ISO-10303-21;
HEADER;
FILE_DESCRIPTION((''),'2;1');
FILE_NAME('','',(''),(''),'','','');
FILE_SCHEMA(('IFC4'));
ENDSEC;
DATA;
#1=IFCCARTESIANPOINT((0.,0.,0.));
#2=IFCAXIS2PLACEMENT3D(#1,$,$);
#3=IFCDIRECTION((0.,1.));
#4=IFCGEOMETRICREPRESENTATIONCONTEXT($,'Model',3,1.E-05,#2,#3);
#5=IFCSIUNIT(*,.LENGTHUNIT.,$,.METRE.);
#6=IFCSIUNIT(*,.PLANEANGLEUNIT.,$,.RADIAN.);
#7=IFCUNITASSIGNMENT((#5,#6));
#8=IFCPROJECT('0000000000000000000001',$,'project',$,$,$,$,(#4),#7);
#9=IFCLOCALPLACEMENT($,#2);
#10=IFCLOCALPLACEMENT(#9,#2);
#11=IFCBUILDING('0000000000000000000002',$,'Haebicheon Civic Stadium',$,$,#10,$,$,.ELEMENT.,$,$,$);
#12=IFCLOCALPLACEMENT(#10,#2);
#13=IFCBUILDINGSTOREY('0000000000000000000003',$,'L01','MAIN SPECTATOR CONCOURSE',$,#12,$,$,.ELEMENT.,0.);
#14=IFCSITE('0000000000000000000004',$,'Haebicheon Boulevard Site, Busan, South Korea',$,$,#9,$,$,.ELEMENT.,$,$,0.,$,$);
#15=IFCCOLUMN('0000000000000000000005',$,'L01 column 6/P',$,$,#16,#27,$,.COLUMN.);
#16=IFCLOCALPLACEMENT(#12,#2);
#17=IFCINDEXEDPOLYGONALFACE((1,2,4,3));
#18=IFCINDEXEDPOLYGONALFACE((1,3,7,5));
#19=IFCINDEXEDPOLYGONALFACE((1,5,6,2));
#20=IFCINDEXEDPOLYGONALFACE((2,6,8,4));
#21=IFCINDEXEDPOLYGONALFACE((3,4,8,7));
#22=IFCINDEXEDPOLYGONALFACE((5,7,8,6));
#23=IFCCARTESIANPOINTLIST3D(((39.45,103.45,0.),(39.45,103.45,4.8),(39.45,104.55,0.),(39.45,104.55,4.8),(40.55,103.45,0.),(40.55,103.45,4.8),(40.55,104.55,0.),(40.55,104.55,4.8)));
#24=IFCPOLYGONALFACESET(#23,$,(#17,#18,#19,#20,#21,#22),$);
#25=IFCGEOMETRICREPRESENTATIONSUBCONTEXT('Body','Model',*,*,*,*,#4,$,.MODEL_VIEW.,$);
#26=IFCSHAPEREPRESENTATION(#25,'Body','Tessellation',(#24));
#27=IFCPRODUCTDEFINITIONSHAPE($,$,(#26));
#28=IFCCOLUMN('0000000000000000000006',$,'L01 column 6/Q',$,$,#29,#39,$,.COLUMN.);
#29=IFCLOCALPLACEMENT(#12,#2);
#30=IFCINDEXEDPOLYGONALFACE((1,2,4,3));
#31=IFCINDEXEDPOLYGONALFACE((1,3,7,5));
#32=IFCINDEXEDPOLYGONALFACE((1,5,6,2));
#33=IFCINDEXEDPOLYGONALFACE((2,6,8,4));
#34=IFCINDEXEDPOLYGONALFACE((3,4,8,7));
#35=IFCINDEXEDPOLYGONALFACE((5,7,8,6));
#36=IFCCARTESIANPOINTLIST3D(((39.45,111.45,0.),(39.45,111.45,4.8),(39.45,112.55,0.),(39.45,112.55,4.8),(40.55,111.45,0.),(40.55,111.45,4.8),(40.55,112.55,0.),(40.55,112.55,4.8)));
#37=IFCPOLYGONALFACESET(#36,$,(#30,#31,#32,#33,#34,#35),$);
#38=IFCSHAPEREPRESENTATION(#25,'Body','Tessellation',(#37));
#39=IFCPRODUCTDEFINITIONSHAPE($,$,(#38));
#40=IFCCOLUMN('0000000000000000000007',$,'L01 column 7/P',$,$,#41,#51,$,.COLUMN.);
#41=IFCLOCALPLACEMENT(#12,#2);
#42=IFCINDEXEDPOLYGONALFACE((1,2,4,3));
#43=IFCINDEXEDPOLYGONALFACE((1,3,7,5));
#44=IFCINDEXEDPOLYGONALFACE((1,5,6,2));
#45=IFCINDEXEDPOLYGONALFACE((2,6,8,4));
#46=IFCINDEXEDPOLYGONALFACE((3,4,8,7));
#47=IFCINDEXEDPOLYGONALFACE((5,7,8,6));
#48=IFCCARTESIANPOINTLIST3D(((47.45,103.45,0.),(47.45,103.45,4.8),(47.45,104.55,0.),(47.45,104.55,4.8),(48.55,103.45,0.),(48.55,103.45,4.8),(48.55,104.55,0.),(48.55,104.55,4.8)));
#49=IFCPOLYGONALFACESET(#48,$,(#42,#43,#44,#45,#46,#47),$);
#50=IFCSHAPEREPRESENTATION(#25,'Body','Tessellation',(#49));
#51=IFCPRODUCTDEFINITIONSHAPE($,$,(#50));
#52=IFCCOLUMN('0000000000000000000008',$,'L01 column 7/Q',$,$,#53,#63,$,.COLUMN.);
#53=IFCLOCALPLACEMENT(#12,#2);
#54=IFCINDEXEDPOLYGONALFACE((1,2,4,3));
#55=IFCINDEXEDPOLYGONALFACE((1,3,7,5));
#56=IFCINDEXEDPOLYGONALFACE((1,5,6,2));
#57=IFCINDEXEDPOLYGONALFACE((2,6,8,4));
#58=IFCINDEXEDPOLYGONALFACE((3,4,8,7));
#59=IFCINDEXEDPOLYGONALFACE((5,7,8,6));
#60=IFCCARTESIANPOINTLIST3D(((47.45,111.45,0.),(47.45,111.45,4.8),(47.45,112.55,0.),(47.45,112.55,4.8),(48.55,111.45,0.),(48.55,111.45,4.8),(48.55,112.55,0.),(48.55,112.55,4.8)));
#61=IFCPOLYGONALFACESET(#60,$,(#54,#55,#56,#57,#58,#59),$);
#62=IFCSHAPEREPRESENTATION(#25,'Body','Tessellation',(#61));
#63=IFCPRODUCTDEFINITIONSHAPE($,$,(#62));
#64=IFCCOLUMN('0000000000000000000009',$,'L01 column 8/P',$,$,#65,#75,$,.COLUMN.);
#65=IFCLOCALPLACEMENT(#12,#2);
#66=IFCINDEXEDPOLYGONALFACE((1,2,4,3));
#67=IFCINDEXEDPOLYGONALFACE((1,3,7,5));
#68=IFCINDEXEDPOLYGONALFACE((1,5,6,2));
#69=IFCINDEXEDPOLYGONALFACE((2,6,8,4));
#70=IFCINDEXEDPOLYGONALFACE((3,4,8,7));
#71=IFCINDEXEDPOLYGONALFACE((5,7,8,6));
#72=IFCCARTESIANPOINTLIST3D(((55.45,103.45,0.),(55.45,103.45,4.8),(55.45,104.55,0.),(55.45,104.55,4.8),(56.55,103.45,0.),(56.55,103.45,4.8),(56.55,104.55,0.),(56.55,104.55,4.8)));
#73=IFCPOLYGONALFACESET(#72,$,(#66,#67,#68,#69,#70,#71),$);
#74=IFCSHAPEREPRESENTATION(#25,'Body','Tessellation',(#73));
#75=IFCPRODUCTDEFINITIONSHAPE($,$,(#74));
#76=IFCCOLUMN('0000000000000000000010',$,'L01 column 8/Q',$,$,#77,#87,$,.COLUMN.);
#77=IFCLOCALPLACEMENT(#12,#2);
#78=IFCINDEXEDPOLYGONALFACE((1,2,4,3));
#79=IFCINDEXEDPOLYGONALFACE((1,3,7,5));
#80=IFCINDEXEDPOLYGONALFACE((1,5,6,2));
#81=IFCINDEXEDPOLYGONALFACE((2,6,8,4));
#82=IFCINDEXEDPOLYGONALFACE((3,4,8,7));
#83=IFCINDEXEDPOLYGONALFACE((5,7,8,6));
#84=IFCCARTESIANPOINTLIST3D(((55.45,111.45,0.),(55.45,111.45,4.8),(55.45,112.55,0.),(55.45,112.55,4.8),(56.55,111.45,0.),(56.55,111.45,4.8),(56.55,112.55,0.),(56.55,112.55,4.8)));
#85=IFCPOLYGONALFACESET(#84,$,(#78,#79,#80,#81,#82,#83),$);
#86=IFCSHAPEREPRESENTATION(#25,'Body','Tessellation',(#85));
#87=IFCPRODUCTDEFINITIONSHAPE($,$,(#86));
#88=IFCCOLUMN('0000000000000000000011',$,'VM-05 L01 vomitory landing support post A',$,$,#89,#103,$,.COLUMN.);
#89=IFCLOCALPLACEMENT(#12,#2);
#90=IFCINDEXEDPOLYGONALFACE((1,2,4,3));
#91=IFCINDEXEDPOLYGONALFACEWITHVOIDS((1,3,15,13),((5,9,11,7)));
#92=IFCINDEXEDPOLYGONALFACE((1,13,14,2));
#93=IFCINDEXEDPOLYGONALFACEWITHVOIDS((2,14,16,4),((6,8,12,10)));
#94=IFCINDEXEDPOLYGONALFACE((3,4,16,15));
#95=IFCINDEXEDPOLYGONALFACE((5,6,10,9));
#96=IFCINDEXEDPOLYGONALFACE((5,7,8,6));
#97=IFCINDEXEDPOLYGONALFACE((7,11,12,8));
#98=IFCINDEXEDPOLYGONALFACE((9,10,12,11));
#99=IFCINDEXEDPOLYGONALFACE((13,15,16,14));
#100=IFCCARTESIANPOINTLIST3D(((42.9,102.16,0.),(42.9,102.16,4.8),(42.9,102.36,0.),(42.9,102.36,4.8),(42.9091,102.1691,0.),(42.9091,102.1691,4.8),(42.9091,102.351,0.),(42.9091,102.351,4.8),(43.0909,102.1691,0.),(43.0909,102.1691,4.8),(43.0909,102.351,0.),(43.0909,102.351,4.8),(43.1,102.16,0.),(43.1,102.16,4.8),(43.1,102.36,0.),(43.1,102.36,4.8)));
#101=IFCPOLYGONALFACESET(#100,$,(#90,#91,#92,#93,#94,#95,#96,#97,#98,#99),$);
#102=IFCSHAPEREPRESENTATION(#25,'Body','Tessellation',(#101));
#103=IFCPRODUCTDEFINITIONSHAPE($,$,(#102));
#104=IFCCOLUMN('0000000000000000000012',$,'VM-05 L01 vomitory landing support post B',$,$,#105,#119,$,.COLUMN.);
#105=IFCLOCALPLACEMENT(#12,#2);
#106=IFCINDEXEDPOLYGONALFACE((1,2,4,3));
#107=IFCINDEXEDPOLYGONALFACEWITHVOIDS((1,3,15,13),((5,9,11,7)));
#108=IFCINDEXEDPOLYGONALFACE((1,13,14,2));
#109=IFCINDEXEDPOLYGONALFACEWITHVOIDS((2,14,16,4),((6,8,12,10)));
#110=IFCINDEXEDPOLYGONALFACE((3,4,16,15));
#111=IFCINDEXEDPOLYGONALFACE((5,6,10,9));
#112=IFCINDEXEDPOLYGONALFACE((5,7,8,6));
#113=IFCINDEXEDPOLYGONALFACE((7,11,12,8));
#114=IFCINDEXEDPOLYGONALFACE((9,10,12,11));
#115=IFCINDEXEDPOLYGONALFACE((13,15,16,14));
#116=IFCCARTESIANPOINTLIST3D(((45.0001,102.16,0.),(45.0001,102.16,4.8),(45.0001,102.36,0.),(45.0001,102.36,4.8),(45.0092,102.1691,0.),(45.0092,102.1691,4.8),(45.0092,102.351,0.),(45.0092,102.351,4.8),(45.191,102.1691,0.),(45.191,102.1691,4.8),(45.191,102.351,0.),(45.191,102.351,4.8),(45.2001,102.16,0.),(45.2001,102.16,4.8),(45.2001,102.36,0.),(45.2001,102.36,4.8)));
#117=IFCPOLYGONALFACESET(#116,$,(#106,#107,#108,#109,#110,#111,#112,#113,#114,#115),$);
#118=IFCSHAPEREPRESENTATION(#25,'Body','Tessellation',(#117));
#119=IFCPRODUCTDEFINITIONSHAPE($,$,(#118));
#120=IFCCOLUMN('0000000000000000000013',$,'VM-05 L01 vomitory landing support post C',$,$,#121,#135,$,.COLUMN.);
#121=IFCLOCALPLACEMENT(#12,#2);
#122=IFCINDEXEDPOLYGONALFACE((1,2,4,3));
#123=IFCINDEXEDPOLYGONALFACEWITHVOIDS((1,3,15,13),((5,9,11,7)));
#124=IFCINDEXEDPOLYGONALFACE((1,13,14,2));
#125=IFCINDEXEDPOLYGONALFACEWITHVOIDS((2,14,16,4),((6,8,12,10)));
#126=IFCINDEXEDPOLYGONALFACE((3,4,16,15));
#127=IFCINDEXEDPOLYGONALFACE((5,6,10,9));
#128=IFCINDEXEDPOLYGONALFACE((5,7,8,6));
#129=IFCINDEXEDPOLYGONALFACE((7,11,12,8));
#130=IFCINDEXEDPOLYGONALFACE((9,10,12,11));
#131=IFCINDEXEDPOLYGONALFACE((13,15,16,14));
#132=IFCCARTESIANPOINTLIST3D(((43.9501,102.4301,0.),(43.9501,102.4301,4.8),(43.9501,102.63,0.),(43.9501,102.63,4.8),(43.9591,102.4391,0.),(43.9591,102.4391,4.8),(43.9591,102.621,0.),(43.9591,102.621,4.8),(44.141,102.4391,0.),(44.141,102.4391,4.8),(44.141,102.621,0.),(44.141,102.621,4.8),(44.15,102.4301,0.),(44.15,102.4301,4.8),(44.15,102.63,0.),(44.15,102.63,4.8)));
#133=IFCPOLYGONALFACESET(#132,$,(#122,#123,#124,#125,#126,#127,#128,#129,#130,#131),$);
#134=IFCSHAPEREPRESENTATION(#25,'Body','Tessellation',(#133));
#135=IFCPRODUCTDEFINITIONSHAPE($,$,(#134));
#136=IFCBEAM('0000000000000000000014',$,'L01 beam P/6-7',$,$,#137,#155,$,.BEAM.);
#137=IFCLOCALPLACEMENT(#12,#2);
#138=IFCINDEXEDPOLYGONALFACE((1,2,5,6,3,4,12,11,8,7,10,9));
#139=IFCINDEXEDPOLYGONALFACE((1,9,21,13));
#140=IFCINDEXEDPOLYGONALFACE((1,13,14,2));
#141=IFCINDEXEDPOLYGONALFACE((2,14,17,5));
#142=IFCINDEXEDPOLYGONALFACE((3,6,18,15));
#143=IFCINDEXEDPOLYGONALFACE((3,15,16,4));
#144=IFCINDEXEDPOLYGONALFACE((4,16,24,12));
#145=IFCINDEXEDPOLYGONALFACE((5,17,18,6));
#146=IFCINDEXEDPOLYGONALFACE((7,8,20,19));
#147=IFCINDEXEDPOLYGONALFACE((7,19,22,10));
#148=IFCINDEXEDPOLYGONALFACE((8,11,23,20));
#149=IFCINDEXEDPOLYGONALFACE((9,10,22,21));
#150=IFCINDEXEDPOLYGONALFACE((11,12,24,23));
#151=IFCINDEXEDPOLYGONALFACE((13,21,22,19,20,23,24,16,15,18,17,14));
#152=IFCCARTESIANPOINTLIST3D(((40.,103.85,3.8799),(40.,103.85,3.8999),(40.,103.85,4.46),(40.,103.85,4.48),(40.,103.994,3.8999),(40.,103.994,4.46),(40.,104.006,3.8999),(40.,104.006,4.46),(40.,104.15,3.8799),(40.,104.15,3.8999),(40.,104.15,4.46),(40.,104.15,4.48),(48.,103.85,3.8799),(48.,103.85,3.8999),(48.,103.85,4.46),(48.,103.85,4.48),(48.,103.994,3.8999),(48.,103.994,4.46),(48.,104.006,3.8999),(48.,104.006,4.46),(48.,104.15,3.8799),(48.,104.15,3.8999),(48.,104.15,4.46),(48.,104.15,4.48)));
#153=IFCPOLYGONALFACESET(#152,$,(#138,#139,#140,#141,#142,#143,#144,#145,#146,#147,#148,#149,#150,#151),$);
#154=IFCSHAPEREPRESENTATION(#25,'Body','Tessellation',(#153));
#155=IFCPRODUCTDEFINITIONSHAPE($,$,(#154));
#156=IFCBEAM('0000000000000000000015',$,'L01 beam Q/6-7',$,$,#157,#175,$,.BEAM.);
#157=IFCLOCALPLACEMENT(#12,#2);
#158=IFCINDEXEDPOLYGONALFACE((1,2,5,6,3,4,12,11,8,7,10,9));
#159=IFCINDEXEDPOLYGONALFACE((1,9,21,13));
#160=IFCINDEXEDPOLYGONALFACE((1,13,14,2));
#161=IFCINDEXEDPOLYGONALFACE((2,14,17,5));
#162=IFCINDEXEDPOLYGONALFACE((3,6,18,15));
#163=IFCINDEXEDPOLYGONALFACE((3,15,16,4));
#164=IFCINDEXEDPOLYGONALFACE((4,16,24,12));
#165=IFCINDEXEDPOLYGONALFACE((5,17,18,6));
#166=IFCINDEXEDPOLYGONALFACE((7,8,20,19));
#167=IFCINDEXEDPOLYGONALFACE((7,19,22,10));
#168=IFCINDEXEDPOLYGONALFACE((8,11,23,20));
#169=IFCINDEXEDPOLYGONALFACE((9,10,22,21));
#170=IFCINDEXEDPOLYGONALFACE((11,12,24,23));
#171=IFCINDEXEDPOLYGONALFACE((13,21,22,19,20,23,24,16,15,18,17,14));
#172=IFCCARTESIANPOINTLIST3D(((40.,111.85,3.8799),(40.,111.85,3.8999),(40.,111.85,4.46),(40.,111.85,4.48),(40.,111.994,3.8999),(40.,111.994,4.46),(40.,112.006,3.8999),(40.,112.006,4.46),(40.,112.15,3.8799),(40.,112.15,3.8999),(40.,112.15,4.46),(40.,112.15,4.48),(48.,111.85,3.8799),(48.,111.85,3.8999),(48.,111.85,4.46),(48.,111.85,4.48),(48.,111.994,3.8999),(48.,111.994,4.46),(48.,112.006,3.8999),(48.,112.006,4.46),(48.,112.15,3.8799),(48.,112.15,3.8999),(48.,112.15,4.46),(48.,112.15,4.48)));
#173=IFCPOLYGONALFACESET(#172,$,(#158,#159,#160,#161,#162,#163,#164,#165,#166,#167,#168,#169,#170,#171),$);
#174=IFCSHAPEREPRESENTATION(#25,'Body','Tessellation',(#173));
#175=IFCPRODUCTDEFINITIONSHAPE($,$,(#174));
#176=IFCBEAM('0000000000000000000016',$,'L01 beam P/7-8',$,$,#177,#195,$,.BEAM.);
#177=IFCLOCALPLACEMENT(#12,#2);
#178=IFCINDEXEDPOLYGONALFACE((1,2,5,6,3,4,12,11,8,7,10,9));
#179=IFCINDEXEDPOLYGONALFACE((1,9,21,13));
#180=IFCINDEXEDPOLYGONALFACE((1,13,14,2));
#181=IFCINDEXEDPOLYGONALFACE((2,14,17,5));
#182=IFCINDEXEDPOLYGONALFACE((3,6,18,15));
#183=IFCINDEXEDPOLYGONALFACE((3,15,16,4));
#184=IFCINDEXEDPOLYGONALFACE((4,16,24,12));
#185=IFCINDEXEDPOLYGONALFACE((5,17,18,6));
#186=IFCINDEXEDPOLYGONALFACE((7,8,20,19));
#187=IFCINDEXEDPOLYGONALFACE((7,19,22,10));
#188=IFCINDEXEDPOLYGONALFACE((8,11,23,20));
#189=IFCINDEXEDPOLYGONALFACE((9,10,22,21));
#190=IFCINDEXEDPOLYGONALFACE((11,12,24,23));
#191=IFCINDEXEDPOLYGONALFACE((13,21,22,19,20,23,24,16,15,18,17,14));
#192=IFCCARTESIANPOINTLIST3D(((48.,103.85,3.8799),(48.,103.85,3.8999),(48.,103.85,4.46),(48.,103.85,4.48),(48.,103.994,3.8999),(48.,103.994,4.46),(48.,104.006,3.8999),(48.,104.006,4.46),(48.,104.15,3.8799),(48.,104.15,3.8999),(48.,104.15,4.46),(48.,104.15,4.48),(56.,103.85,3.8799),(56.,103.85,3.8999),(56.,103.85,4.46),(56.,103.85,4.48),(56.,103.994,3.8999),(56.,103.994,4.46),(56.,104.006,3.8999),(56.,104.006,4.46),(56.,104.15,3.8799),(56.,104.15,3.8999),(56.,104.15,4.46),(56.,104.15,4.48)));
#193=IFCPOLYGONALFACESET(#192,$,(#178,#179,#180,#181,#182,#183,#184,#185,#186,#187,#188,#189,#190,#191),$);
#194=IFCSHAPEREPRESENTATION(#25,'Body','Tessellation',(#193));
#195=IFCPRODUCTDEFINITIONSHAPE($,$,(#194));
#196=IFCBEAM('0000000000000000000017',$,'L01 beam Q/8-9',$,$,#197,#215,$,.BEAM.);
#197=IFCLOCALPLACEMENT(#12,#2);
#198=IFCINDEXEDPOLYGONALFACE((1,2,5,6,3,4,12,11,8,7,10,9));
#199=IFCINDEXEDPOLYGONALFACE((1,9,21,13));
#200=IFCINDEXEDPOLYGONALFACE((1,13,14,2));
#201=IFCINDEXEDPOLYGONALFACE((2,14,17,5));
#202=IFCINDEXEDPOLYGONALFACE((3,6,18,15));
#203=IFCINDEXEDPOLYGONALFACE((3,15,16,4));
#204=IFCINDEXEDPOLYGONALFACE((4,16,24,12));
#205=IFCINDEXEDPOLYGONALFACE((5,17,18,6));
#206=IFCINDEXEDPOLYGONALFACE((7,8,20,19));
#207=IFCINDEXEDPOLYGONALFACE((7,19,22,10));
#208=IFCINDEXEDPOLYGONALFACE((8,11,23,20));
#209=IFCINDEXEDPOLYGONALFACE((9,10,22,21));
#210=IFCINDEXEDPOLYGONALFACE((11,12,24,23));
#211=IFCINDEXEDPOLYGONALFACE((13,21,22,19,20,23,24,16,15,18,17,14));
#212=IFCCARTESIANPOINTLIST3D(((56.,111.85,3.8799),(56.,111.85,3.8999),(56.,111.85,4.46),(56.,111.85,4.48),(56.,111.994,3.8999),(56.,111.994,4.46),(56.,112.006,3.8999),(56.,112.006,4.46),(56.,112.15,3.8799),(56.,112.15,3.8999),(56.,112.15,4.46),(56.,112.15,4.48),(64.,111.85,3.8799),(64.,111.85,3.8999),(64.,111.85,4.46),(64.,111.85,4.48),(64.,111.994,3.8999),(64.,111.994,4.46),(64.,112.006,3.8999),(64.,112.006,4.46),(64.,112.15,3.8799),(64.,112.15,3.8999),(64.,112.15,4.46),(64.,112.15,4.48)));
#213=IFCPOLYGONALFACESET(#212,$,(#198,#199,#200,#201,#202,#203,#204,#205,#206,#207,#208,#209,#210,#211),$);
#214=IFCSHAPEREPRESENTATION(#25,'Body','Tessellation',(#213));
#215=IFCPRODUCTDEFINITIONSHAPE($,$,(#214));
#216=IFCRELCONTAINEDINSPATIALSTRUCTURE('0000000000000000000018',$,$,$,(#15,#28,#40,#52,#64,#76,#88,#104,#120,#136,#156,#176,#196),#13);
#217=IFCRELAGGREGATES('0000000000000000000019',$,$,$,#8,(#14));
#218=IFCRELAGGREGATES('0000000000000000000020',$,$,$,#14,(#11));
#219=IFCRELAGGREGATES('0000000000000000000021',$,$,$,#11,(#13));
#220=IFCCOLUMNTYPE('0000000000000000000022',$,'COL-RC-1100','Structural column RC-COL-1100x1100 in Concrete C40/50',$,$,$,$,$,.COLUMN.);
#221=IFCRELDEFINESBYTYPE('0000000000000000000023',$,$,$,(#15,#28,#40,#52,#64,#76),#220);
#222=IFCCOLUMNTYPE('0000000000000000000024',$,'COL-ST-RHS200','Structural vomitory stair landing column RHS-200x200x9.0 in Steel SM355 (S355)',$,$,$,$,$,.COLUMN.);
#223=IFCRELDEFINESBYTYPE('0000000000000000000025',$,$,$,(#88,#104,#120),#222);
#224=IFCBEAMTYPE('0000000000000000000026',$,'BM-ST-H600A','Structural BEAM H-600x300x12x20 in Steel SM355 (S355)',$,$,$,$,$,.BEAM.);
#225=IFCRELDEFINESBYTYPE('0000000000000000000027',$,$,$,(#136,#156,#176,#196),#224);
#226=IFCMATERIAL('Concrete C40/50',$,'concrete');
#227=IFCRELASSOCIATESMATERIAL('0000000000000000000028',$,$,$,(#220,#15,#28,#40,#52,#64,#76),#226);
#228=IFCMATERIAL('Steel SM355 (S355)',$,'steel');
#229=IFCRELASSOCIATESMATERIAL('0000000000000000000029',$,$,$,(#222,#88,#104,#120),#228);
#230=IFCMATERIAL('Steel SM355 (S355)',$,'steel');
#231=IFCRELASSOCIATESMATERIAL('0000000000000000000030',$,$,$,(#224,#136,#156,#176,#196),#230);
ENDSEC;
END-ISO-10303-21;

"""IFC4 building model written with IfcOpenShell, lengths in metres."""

from ifc_helpers import new_model, si_unit, direction, frame, origin, origin_2d, place, context, subcontext, project, spatial, rectangle, hollow_rectangle, i_section, extrude, material, material_profile, profile_set, type_object, element, save


model = new_model("IFC4")

# Units and contexts
model_context = context("Model", 3, precision=1e-05, world=origin(), true_north=direction((0.0, 1.0)))
body_context = subcontext(model_context, "Body", "Model", "MODEL_VIEW")
ifc_project = project(units=[si_unit("LENGTHUNIT", "METRE"), si_unit("PLANEANGLEUNIT", "RADIAN")], contexts=[model_context])

# Site, building, storey
site_placement = place(None, origin())
site = spatial("IfcSite", under=ifc_project, at=site_placement, Name="Haebicheon Boulevard Site, Busan, South Korea", CompositionType="ELEMENT", RefElevation=0.0)
building_placement = place(site_placement, origin())
building = spatial("IfcBuilding", under=site, at=building_placement, Name="Haebicheon Civic Stadium", CompositionType="ELEMENT")
storey_placement = place(building_placement, origin())
storey = spatial("IfcBuildingStorey", under=building, at=storey_placement, Name="L01", Description="MAIN SPECTATOR CONCOURSE", CompositionType="ELEMENT", Elevation=0.0)

# Columns
ifc_material_1 = material(Name="Concrete C40/50", Category="concrete")
ifc_material_profile_1 = material_profile(ifc_material_1, rectangle(XDim=1.1001, YDim=1.1001, at=origin_2d()), Name="RC-COL-1100x1100")
ifc_profile_set_1 = profile_set([ifc_material_profile_1], Name="Concrete C40/50")
column_type_1 = type_object("IfcColumnType", Name="COL-RC-1100", Description="Structural column RC-COL-1100x1100 in Concrete C40/50", PredefinedType="COLUMN", material=ifc_profile_set_1)
for number, where, z_axis, x_axis, name in (
    (1, (40.0, 104.0, 0.0), (0.0, 0.0, 1.0), (1.0, 0.0, 0.0), "L01 column 6/P"),
    (2, (40.0, 112.0, 0.0), (0.0, 0.0, 1.0), (1.0, 0.0, 0.0), "L01 column 6/Q"),
    (3, (48.0, 104.0, 0.0), (0.0, 0.0, 1.0), (1.0, 0.0, 0.0), "L01 column 7/P"),
    (4, (48.0, 112.0, 0.0), (0.0, 0.0, 1.0), (1.0, 0.0, 0.0), "L01 column 7/Q"),
    (5, (56.0, 104.0, 0.0), (0.0, 0.0, 1.0), (1.0, 0.0, 0.0), "L01 column 8/P"),
    (6, (56.0, 112.0, 0.0), (0.0, 0.0, 1.0), (1.0, 0.0, 0.0), "L01 column 8/Q"),
):
    element("IfcColumn", number, at=place(storey_placement, frame(where, z_axis=z_axis, x_axis=x_axis)), inside=storey, type_object=column_type_1, material=ifc_profile_set_1, Name=name, PredefinedType="COLUMN", context=body_context, shape_type="SweptSolid", body=[
        extrude(rectangle(XDim=1.1001, YDim=1.1001, at=origin_2d()), origin(), (0.0, 0.0, 1.0), 4.8),
    ])
ifc_material_2 = material(Name="Steel SM355 (S355)", Category="steel")
ifc_material_profile_2 = material_profile(ifc_material_2, hollow_rectangle(XDim=0.2, YDim=0.2, WallThickness=0.009, at=origin_2d()), Name="RHS-200x200x9.0")
ifc_profile_set_2 = profile_set([ifc_material_profile_2], Name="Steel SM355 (S355)")
column_type_2 = type_object("IfcColumnType", Name="COL-ST-RHS200", Description="Structural vomitory stair landing column RHS-200x200x9.0 in Steel SM355 (S355)", PredefinedType="COLUMN", material=ifc_profile_set_2)
for number, where, z_axis, x_axis, name in (
    (7, (43.0, 102.26, 0.0), (0.0, 0.0, 1.0), (1.0, 0.0, 0.0), "VM-05 L01 vomitory landing support post A"),
    (8, (45.1001, 102.26, 0.0), (0.0, 0.0, 1.0), (1.0, 0.0, 0.0), "VM-05 L01 vomitory landing support post B"),
    (9, (44.05, 102.53, 0.0), (0.0, 0.0, 1.0), (1.0, 0.0, 0.0), "VM-05 L01 vomitory landing support post C"),
):
    element("IfcColumn", number, at=place(storey_placement, frame(where, z_axis=z_axis, x_axis=x_axis)), inside=storey, type_object=column_type_2, material=ifc_profile_set_2, Name=name, PredefinedType="COLUMN", context=body_context, shape_type="SweptSolid", body=[
        extrude(hollow_rectangle(XDim=0.2, YDim=0.2, WallThickness=0.009, at=origin_2d()), origin(), (0.0, 0.0, 1.0), 4.8),
    ])

# Beams
ifc_material_3 = material(Name="Steel SM355 (S355)", Category="steel")
ifc_material_profile_3 = material_profile(ifc_material_3, i_section(OverallWidth=0.3, OverallDepth=0.6001, WebThickness=0.012, FlangeThickness=0.02, at=origin_2d()), Name="H-600x300x12x20")
ifc_profile_set_3 = profile_set([ifc_material_profile_3], Name="Steel SM355 (S355)")
beam_type_1 = type_object("IfcBeamType", Name="BM-ST-H600A", Description="Structural BEAM H-600x300x12x20 in Steel SM355 (S355)", PredefinedType="BEAM", material=ifc_profile_set_3)
for number, where, z_axis, x_axis, name in (
    (10, (40.0, 104.0, 4.1799), (1.0, 0.0, 0.0), (0.0, 1.0, 0.0), "L01 beam P/6-7"),
    (11, (40.0, 112.0, 4.1799), (1.0, 0.0, 0.0), (0.0, 1.0, 0.0), "L01 beam Q/6-7"),
    (12, (48.0, 104.0, 4.1799), (1.0, 0.0, 0.0), (0.0, 1.0, 0.0), "L01 beam P/7-8"),
    (13, (56.0, 112.0, 4.1799), (1.0, 0.0, 0.0), (0.0, 1.0, 0.0), "L01 beam Q/8-9"),
):
    element("IfcBeam", number, at=place(storey_placement, frame(where, z_axis=z_axis, x_axis=x_axis)), inside=storey, type_object=beam_type_1, material=ifc_profile_set_3, Name=name, PredefinedType="BEAM", context=body_context, shape_type="SweptSolid", body=[
        extrude(i_section(OverallWidth=0.3, OverallDepth=0.6001, WebThickness=0.012, FlangeThickness=0.02, at=origin_2d()), origin(), (0.0, 0.0, 1.0), 8.0),
    ])

save(model, "model.ifc")
